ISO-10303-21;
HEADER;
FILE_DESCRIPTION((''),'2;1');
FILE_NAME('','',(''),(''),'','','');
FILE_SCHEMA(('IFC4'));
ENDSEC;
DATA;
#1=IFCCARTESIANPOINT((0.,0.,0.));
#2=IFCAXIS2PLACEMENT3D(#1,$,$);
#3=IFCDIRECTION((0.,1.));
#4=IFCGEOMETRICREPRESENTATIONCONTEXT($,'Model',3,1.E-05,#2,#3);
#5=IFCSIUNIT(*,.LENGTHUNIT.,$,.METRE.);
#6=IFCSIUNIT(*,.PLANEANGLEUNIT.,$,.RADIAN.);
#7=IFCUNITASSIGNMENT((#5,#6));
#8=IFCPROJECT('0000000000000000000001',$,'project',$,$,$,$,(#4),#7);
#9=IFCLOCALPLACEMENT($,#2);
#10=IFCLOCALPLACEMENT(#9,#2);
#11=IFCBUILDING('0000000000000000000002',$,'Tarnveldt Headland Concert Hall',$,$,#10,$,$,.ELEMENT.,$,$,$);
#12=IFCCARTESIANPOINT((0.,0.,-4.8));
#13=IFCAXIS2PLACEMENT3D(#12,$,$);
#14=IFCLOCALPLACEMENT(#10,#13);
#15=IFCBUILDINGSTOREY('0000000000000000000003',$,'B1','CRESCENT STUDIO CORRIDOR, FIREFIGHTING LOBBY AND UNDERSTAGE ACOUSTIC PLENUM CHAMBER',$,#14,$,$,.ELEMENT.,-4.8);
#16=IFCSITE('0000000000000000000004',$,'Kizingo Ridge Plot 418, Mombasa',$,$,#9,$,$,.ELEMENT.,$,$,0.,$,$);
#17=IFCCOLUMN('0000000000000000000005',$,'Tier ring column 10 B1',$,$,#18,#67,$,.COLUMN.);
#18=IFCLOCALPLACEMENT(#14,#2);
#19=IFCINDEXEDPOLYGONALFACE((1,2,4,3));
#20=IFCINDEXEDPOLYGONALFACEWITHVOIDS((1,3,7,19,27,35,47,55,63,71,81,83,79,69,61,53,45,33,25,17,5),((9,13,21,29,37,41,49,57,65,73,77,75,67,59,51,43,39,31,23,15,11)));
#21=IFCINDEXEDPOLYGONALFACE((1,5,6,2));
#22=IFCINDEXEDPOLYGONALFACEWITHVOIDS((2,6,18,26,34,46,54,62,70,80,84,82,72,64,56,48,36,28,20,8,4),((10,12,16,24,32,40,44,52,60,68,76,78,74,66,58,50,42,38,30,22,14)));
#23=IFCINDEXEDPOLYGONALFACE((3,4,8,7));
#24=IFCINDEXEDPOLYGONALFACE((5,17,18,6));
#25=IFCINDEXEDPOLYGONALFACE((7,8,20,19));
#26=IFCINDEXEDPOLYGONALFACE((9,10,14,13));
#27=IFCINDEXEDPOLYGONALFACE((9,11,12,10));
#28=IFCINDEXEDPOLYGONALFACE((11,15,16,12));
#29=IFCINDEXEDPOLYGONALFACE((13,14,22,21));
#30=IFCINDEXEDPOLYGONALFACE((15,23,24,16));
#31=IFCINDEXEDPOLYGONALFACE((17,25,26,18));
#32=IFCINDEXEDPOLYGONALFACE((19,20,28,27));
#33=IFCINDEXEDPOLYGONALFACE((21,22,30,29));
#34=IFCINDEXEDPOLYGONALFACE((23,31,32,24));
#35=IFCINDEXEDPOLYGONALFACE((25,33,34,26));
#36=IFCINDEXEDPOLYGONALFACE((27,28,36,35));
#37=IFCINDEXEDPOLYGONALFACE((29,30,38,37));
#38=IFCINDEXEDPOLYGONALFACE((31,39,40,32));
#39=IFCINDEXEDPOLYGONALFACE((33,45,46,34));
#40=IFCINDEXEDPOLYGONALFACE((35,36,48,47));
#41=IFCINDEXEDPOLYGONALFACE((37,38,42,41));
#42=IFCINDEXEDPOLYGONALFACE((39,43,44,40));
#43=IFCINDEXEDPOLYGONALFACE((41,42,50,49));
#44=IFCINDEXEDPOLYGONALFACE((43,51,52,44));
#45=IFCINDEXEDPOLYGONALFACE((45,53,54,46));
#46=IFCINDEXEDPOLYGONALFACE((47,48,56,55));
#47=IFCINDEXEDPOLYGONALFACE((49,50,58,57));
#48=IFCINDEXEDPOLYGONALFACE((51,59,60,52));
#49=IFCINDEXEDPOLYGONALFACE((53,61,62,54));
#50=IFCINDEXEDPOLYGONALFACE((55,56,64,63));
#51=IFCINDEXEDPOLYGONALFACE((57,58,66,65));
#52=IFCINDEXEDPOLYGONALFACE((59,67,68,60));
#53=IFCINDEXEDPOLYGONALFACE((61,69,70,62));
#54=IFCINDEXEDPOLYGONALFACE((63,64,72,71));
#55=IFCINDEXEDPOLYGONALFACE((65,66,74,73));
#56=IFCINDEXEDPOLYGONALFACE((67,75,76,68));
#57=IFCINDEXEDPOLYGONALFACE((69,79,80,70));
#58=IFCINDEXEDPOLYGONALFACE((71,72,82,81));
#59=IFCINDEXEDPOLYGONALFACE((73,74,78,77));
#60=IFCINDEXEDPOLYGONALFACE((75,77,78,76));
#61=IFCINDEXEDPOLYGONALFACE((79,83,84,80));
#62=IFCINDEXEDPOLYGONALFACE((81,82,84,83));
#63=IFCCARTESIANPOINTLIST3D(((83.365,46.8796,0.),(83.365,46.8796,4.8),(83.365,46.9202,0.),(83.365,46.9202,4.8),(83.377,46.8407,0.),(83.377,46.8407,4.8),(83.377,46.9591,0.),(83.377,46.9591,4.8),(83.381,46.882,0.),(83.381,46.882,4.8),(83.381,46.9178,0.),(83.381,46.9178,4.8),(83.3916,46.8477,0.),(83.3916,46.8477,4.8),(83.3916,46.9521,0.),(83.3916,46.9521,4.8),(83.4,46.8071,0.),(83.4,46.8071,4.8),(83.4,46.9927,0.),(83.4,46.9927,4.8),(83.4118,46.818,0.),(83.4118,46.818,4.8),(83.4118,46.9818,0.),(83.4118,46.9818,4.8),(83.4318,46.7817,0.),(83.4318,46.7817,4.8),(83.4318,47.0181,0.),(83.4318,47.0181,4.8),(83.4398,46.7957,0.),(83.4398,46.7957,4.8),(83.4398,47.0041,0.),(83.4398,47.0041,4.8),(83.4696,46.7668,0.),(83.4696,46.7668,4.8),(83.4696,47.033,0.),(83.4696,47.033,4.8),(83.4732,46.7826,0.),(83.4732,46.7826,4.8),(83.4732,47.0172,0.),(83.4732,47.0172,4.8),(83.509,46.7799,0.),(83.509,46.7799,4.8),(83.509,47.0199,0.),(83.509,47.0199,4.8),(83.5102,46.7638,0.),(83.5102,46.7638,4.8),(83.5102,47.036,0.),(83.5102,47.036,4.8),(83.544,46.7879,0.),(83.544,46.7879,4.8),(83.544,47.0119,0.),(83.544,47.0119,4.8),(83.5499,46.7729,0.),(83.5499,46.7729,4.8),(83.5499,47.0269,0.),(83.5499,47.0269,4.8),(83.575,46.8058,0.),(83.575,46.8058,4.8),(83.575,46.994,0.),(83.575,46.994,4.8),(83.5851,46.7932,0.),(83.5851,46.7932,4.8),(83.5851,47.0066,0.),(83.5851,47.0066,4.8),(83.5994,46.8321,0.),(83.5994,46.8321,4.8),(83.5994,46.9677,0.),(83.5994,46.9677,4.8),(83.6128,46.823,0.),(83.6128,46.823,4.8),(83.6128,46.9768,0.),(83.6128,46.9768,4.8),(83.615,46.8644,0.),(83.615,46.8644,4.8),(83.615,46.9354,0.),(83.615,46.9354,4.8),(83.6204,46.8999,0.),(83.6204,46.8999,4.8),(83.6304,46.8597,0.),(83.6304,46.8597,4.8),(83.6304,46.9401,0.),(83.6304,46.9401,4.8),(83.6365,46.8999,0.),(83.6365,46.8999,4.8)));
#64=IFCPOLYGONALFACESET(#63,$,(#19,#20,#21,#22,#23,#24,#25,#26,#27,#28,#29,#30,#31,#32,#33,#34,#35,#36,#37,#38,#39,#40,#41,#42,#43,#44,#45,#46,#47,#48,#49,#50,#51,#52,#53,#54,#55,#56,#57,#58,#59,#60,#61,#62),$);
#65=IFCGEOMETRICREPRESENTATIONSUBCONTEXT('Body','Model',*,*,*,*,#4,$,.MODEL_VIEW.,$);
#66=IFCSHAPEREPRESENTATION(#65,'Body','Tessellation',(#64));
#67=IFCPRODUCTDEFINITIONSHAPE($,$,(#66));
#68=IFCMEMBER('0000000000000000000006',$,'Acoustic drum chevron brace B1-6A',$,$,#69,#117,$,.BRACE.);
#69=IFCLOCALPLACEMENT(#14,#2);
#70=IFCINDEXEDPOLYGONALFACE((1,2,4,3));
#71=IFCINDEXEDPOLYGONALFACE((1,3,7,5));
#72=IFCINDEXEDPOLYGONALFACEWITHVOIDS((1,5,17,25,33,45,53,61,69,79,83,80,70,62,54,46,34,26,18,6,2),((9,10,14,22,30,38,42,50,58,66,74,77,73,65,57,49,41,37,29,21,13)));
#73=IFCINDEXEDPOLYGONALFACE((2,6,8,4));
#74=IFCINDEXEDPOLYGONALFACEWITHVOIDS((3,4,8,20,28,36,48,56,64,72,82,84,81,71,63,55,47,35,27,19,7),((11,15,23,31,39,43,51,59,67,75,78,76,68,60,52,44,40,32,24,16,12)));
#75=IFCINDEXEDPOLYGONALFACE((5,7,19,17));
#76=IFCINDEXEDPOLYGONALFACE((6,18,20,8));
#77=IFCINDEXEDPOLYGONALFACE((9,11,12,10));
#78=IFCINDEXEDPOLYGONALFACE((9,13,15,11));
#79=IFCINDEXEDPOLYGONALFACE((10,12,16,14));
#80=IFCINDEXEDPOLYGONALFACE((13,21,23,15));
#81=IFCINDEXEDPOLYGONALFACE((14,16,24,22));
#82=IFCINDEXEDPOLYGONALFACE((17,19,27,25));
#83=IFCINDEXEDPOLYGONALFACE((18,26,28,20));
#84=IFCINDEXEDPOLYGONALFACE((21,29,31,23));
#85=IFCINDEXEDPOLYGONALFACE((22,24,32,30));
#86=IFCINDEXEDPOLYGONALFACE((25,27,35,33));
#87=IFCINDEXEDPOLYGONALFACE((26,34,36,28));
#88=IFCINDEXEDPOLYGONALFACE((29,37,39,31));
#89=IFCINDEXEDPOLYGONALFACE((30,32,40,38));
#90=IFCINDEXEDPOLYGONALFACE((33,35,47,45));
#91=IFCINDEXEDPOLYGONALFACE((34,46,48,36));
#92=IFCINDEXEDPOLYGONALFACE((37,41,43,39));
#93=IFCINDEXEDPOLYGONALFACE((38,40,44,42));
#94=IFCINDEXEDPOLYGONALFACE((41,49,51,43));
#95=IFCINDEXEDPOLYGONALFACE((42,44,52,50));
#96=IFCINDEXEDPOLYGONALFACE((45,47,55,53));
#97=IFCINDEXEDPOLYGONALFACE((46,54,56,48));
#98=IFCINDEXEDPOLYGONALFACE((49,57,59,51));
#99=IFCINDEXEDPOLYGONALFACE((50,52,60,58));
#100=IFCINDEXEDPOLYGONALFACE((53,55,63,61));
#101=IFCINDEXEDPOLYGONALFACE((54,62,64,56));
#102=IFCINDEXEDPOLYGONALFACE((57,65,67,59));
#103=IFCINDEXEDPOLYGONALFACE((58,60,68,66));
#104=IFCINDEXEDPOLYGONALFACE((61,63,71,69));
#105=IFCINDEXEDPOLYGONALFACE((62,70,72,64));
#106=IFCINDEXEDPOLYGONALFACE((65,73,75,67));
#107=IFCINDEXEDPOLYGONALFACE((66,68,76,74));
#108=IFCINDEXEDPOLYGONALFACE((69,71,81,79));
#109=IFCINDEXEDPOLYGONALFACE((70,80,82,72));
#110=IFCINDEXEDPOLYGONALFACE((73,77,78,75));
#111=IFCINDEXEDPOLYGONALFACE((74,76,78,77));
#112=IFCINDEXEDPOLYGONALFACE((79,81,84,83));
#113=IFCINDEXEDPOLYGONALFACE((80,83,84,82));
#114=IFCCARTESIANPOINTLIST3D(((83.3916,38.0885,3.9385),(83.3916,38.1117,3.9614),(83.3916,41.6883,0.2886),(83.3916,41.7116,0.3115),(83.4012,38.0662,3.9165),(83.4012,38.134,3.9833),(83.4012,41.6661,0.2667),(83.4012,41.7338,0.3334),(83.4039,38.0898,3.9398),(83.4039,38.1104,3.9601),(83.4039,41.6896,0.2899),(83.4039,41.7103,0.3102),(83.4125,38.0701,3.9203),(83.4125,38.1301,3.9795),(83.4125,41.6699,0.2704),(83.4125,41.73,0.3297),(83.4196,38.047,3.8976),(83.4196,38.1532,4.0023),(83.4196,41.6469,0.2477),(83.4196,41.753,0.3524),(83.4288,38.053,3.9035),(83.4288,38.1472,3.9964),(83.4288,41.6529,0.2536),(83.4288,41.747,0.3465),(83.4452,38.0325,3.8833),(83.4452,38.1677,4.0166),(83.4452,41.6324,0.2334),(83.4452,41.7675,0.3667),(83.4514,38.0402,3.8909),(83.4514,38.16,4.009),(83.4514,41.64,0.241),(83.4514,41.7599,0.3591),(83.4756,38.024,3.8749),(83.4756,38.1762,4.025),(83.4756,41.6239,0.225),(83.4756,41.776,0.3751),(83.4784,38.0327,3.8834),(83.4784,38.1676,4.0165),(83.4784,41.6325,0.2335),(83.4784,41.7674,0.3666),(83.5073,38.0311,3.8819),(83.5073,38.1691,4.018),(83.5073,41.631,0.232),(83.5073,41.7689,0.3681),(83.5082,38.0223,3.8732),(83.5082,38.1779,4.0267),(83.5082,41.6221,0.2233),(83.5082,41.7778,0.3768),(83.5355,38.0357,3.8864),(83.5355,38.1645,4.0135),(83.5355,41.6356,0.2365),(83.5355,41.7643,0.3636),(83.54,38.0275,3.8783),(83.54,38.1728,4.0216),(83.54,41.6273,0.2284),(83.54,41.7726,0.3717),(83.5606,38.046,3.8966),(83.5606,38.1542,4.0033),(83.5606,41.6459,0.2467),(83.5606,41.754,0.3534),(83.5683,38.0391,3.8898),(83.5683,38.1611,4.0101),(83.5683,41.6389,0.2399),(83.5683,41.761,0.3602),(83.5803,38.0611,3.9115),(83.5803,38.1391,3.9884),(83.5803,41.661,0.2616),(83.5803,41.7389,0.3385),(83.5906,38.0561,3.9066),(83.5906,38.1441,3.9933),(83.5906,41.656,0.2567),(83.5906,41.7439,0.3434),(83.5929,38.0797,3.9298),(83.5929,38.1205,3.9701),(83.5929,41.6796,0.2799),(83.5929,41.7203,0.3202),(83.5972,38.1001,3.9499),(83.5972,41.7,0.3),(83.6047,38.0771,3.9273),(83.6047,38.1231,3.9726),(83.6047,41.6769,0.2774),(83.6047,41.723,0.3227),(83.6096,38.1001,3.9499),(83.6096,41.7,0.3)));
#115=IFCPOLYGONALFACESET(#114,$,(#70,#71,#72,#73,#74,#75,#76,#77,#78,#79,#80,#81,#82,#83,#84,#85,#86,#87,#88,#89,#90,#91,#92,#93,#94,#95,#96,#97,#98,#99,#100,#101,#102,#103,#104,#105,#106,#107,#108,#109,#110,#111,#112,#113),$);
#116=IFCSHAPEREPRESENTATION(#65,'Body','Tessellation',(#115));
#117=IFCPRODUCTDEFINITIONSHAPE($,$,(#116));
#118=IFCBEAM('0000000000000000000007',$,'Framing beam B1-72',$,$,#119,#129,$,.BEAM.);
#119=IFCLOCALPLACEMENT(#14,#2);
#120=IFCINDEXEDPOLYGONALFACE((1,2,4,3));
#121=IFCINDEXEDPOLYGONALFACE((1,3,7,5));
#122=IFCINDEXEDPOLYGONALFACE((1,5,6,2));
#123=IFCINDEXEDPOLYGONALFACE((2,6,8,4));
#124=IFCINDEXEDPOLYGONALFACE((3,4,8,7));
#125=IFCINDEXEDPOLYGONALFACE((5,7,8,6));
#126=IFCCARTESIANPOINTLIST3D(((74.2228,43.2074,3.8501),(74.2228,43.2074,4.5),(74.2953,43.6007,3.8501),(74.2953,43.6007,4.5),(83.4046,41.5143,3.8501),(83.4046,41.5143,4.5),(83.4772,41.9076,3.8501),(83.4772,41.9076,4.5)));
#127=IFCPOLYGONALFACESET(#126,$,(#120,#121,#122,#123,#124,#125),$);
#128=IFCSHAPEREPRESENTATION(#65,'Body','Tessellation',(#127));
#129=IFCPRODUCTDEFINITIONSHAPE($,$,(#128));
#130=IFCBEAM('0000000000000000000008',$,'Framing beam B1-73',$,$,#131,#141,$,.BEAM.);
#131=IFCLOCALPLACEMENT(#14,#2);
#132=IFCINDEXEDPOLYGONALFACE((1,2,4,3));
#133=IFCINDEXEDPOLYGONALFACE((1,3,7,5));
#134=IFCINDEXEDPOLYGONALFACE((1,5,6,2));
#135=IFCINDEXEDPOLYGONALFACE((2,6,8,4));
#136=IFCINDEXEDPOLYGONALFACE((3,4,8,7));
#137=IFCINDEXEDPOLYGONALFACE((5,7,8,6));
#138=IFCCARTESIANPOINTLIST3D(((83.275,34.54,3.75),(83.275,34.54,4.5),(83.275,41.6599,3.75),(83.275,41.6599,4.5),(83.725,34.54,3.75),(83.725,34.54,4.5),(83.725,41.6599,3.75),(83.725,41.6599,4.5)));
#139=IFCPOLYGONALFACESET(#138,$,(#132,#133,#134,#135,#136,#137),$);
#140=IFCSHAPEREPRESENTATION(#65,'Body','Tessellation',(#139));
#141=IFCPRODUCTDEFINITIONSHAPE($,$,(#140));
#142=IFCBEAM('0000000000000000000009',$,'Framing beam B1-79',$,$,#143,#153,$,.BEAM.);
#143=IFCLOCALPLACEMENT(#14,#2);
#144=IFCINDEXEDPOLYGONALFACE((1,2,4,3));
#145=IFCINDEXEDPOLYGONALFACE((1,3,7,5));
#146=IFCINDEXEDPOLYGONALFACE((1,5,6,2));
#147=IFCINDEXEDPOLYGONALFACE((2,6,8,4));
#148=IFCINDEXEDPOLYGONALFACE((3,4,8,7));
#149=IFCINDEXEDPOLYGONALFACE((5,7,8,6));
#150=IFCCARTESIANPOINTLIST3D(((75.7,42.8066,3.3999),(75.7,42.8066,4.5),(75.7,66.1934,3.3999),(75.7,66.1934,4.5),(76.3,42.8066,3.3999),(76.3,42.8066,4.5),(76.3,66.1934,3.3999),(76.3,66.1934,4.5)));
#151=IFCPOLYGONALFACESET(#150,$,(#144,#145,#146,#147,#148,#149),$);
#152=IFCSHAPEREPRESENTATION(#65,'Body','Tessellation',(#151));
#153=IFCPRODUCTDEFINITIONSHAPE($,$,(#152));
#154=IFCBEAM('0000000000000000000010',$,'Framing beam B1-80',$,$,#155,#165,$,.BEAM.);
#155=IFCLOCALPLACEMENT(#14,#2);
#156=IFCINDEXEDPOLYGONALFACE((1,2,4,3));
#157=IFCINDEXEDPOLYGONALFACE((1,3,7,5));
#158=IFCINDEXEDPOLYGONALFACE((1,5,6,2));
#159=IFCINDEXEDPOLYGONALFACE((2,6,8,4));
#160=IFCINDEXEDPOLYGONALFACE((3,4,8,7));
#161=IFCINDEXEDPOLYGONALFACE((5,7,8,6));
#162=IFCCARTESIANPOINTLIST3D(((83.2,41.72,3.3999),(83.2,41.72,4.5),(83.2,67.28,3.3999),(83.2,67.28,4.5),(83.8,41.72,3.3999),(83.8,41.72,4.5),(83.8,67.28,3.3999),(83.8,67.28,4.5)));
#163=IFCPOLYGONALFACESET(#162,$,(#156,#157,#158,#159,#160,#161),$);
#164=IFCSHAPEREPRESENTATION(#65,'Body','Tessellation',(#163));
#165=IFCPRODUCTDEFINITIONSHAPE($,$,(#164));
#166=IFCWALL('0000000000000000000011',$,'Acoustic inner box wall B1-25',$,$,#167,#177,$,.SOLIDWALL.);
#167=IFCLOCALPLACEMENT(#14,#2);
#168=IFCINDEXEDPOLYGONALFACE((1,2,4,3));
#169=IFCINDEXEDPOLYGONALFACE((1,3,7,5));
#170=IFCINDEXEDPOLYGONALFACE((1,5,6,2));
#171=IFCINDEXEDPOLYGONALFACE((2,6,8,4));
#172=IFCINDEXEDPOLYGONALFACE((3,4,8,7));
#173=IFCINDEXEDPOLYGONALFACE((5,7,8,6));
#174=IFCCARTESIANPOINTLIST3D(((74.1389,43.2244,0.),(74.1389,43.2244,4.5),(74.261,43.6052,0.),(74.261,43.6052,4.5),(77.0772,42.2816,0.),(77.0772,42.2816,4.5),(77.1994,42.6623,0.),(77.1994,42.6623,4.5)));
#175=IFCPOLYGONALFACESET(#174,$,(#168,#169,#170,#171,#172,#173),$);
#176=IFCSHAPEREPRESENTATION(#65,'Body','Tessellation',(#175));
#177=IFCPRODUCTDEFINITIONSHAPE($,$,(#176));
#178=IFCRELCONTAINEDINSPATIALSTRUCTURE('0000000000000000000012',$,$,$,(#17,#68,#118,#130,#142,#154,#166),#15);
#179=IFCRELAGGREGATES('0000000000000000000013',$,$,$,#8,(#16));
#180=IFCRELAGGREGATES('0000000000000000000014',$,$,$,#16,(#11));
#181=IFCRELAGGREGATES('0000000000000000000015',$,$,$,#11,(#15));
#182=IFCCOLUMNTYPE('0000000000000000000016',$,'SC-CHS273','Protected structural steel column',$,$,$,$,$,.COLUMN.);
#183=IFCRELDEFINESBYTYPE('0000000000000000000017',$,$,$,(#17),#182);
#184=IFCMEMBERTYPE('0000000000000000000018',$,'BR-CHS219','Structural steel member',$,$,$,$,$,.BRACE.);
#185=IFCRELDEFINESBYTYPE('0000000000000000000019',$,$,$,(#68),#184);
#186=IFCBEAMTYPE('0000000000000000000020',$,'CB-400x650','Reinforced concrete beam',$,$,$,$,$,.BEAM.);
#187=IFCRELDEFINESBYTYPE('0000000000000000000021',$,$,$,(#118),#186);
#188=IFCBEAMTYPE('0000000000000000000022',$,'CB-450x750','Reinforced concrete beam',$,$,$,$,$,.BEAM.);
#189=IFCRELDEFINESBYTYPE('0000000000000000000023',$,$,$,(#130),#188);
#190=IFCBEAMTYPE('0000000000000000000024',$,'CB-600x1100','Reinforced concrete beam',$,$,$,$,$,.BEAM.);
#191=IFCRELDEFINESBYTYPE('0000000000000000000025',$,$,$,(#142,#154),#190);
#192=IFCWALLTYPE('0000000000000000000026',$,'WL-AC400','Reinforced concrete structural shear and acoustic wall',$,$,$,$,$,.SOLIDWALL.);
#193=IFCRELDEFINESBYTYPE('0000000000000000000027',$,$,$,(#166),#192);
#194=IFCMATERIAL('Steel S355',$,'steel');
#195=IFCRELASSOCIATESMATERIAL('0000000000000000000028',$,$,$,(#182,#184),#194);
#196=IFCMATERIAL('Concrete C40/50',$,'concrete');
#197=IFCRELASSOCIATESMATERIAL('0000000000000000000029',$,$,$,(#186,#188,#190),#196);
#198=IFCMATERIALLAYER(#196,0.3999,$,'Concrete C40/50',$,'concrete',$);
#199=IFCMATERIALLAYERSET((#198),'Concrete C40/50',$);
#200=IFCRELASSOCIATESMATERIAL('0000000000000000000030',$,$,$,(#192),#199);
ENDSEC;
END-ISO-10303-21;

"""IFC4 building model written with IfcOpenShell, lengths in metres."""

from ifc_helpers import new_model, si_unit, direction, frame, frame_2d, origin, origin_2d, place, context, subcontext, project, spatial, rectangle, hollow_circle, extrude, material, layer, layer_set, material_profile, profile_set, type_object, element, save


model = new_model("IFC4")

# Units and contexts
model_context = context("Model", 3, precision=1e-05, world=origin(), true_north=direction((0.0, 1.0)))
body_context = subcontext(model_context, "Body", "Model", "MODEL_VIEW")
ifc_project = project(units=[si_unit("LENGTHUNIT", "METRE"), si_unit("PLANEANGLEUNIT", "RADIAN")], contexts=[model_context])

# Site, building, storey
site_placement = place(None, origin())
site = spatial("IfcSite", under=ifc_project, at=site_placement, Name="Kizingo Ridge Plot 418, Mombasa", CompositionType="ELEMENT", RefElevation=0.0)
building_placement = place(site_placement, origin())
building = spatial("IfcBuilding", under=site, at=building_placement, Name="Tarnveldt Headland Concert Hall", CompositionType="ELEMENT")
storey_placement = place(building_placement, frame((0.0, 0.0, -4.8)))
storey = spatial("IfcBuildingStorey", under=building, at=storey_placement, Name="B1", Description="CRESCENT STUDIO CORRIDOR, FIREFIGHTING LOBBY AND UNDERSTAGE ACOUSTIC PLENUM CHAMBER", CompositionType="ELEMENT", Elevation=-4.8)

# Shared definitions
ifc_material_1 = material(Name="Concrete C40/50", Category="concrete")

# Column
ifc_material_2 = material(Name="Steel S355", Category="steel")
ifc_material_profile_1 = material_profile(ifc_material_2, hollow_circle(Radius=0.1365, WallThickness=0.0161, at=origin_2d()), Name="CHS 273x16", Category="steel")
ifc_profile_set_1 = profile_set([ifc_material_profile_1], Name="Steel S355")
column_type_1 = type_object("IfcColumnType", Name="SC-CHS273", Description="Protected structural steel column", PredefinedType="COLUMN", material=ifc_profile_set_1)
for number, where, z_axis, x_axis, name in (
    (1, (83.5, 46.8999, 0.0), (0.0, 0.0, 1.0), (1.0, 0.0, 0.0), "Tier ring column 10 B1"),
):
    element("IfcColumn", number, at=place(storey_placement, frame(where, z_axis=z_axis, x_axis=x_axis)), inside=storey, type_object=column_type_1, Name=name, PredefinedType="COLUMN", context=body_context, shape_type="SweptSolid", body=[
        extrude(hollow_circle(Radius=0.1365, WallThickness=0.0161, at=origin_2d()), origin(), (0.0, 0.0, 1.0), 4.8),
    ])

# Member
ifc_material_profile_2 = material_profile(ifc_material_2, hollow_circle(Radius=0.1096, WallThickness=0.0125, at=origin_2d()), Name="CHS 219.1x12.5", Category="steel")
ifc_profile_set_2 = profile_set([ifc_material_profile_2], Name="Steel S355")
member_type = type_object("IfcMemberType", Name="BR-CHS219", Description="Structural steel member", PredefinedType="BRACE", material=ifc_profile_set_2)
member_placement = place(storey_placement, frame((83.5, 41.7, 0.3), z_axis=(0.0, -0.702209, 0.711971), x_axis=(1.0, 0.0, 0.0)))
element("IfcMember", 2, at=member_placement, inside=storey, type_object=member_type, Name="Acoustic drum chevron brace B1-6A", PredefinedType="BRACE", context=body_context, shape_type="SweptSolid", body=[
    extrude(hollow_circle(Radius=0.1096, WallThickness=0.0125, at=origin_2d()), origin(), (0.0, 0.0, 1.0), 5.1265),
])

# Beams
ifc_material_profile_3 = material_profile(ifc_material_1, rectangle(XDim=0.3999, YDim=0.6499, at=origin_2d()), Name="RC 400x650", Category="concrete")
ifc_profile_set_3 = profile_set([ifc_material_profile_3], Name="Concrete C40/50")
beam_type_1 = type_object("IfcBeamType", Name="CB-400x650", Description="Reinforced concrete beam", PredefinedType="BEAM", material=ifc_profile_set_3)
beam_1_placement = place(storey_placement, frame((74.259, 43.4041, 4.175), z_axis=(0.98342, -0.18134, 0.0), x_axis=(0.18134, 0.98342, 0.0)))
element("IfcBeam", 3, at=beam_1_placement, inside=storey, type_object=beam_type_1, Name="Framing beam B1-72", PredefinedType="BEAM", context=body_context, shape_type="SweptSolid", body=[
    extrude(rectangle(XDim=0.3999, YDim=0.6499, at=origin_2d()), origin(), (0.0, 0.0, 1.0), 9.3367),
])
ifc_material_profile_4 = material_profile(ifc_material_1, rectangle(XDim=0.45, YDim=0.75, at=origin_2d()), Name="RC 450x750", Category="concrete")
ifc_profile_set_4 = profile_set([ifc_material_profile_4], Name="Concrete C40/50")
beam_type_2 = type_object("IfcBeamType", Name="CB-450x750", Description="Reinforced concrete beam", PredefinedType="BEAM", material=ifc_profile_set_4)
beam_2_placement = place(storey_placement, frame((83.5, 41.6599, 4.125), z_axis=(0.0, -1.0, 0.0), x_axis=(1.0, 0.0, 0.0)))
element("IfcBeam", 4, at=beam_2_placement, inside=storey, type_object=beam_type_2, Name="Framing beam B1-73", PredefinedType="BEAM", context=body_context, shape_type="SweptSolid", body=[
    extrude(rectangle(XDim=0.45, YDim=0.75, at=origin_2d()), origin(), (0.0, 0.0, 1.0), 7.1199),
])
ifc_material_profile_5 = material_profile(ifc_material_1, rectangle(XDim=0.6001, YDim=1.1001, at=origin_2d()), Name="RC 600x1100", Category="concrete")
ifc_profile_set_5 = profile_set([ifc_material_profile_5], Name="Concrete C40/50")
beam_type_3 = type_object("IfcBeamType", Name="CB-600x1100", Description="Reinforced concrete beam", PredefinedType="BEAM", material=ifc_profile_set_5)
beam_3_placement = place(storey_placement, frame((76.0, 42.8066, 3.95), z_axis=(0.0, 1.0, 0.0), x_axis=(-1.0, 0.0, 0.0)))
element("IfcBeam", 5, at=beam_3_placement, inside=storey, type_object=beam_type_3, Name="Framing beam B1-79", PredefinedType="BEAM", context=body_context, shape_type="SweptSolid", body=[
    extrude(rectangle(XDim=0.6001, YDim=1.1001, at=origin_2d()), origin(), (0.0, 0.0, 1.0), 23.3867),
])
beam_4_placement = place(storey_placement, frame((83.5, 41.72, 3.95), z_axis=(0.0, 1.0, 0.0), x_axis=(-1.0, 0.0, 0.0)))
element("IfcBeam", 6, at=beam_4_placement, inside=storey, type_object=beam_type_3, Name="Framing beam B1-80", PredefinedType="BEAM", context=body_context, shape_type="SweptSolid", body=[
    extrude(rectangle(XDim=0.6001, YDim=1.1001, at=origin_2d()), origin(), (0.0, 0.0, 1.0), 25.5601),
])

# Wall
ifc_layer = layer(ifc_material_1, 0.3999, Name="Concrete C40/50", Category="concrete")
ifc_layer_set = layer_set([ifc_layer], Name="Concrete C40/50")
wall_type = type_object("IfcWallType", Name="WL-AC400", Description="Reinforced concrete structural shear and acoustic wall", PredefinedType="SOLIDWALL", material=ifc_layer_set)
wall_1_placement = place(storey_placement, frame((74.2, 43.4148, 0.0), z_axis=(0.0, 0.0, 1.0), x_axis=(0.952183, -0.305528, 0.0)))
element("IfcWall", 7, at=wall_1_placement, inside=storey, type_object=wall_type, Name="Acoustic inner box wall B1-25", PredefinedType="SOLIDWALL", context=body_context, shape_type="SweptSolid", body=[
    extrude(rectangle(XDim=3.0859, YDim=0.3999, at=frame_2d((1.543, 0.0))), origin(), (0.0, 0.0, 1.0), 4.5),
])

save(model, "model.ifc")
